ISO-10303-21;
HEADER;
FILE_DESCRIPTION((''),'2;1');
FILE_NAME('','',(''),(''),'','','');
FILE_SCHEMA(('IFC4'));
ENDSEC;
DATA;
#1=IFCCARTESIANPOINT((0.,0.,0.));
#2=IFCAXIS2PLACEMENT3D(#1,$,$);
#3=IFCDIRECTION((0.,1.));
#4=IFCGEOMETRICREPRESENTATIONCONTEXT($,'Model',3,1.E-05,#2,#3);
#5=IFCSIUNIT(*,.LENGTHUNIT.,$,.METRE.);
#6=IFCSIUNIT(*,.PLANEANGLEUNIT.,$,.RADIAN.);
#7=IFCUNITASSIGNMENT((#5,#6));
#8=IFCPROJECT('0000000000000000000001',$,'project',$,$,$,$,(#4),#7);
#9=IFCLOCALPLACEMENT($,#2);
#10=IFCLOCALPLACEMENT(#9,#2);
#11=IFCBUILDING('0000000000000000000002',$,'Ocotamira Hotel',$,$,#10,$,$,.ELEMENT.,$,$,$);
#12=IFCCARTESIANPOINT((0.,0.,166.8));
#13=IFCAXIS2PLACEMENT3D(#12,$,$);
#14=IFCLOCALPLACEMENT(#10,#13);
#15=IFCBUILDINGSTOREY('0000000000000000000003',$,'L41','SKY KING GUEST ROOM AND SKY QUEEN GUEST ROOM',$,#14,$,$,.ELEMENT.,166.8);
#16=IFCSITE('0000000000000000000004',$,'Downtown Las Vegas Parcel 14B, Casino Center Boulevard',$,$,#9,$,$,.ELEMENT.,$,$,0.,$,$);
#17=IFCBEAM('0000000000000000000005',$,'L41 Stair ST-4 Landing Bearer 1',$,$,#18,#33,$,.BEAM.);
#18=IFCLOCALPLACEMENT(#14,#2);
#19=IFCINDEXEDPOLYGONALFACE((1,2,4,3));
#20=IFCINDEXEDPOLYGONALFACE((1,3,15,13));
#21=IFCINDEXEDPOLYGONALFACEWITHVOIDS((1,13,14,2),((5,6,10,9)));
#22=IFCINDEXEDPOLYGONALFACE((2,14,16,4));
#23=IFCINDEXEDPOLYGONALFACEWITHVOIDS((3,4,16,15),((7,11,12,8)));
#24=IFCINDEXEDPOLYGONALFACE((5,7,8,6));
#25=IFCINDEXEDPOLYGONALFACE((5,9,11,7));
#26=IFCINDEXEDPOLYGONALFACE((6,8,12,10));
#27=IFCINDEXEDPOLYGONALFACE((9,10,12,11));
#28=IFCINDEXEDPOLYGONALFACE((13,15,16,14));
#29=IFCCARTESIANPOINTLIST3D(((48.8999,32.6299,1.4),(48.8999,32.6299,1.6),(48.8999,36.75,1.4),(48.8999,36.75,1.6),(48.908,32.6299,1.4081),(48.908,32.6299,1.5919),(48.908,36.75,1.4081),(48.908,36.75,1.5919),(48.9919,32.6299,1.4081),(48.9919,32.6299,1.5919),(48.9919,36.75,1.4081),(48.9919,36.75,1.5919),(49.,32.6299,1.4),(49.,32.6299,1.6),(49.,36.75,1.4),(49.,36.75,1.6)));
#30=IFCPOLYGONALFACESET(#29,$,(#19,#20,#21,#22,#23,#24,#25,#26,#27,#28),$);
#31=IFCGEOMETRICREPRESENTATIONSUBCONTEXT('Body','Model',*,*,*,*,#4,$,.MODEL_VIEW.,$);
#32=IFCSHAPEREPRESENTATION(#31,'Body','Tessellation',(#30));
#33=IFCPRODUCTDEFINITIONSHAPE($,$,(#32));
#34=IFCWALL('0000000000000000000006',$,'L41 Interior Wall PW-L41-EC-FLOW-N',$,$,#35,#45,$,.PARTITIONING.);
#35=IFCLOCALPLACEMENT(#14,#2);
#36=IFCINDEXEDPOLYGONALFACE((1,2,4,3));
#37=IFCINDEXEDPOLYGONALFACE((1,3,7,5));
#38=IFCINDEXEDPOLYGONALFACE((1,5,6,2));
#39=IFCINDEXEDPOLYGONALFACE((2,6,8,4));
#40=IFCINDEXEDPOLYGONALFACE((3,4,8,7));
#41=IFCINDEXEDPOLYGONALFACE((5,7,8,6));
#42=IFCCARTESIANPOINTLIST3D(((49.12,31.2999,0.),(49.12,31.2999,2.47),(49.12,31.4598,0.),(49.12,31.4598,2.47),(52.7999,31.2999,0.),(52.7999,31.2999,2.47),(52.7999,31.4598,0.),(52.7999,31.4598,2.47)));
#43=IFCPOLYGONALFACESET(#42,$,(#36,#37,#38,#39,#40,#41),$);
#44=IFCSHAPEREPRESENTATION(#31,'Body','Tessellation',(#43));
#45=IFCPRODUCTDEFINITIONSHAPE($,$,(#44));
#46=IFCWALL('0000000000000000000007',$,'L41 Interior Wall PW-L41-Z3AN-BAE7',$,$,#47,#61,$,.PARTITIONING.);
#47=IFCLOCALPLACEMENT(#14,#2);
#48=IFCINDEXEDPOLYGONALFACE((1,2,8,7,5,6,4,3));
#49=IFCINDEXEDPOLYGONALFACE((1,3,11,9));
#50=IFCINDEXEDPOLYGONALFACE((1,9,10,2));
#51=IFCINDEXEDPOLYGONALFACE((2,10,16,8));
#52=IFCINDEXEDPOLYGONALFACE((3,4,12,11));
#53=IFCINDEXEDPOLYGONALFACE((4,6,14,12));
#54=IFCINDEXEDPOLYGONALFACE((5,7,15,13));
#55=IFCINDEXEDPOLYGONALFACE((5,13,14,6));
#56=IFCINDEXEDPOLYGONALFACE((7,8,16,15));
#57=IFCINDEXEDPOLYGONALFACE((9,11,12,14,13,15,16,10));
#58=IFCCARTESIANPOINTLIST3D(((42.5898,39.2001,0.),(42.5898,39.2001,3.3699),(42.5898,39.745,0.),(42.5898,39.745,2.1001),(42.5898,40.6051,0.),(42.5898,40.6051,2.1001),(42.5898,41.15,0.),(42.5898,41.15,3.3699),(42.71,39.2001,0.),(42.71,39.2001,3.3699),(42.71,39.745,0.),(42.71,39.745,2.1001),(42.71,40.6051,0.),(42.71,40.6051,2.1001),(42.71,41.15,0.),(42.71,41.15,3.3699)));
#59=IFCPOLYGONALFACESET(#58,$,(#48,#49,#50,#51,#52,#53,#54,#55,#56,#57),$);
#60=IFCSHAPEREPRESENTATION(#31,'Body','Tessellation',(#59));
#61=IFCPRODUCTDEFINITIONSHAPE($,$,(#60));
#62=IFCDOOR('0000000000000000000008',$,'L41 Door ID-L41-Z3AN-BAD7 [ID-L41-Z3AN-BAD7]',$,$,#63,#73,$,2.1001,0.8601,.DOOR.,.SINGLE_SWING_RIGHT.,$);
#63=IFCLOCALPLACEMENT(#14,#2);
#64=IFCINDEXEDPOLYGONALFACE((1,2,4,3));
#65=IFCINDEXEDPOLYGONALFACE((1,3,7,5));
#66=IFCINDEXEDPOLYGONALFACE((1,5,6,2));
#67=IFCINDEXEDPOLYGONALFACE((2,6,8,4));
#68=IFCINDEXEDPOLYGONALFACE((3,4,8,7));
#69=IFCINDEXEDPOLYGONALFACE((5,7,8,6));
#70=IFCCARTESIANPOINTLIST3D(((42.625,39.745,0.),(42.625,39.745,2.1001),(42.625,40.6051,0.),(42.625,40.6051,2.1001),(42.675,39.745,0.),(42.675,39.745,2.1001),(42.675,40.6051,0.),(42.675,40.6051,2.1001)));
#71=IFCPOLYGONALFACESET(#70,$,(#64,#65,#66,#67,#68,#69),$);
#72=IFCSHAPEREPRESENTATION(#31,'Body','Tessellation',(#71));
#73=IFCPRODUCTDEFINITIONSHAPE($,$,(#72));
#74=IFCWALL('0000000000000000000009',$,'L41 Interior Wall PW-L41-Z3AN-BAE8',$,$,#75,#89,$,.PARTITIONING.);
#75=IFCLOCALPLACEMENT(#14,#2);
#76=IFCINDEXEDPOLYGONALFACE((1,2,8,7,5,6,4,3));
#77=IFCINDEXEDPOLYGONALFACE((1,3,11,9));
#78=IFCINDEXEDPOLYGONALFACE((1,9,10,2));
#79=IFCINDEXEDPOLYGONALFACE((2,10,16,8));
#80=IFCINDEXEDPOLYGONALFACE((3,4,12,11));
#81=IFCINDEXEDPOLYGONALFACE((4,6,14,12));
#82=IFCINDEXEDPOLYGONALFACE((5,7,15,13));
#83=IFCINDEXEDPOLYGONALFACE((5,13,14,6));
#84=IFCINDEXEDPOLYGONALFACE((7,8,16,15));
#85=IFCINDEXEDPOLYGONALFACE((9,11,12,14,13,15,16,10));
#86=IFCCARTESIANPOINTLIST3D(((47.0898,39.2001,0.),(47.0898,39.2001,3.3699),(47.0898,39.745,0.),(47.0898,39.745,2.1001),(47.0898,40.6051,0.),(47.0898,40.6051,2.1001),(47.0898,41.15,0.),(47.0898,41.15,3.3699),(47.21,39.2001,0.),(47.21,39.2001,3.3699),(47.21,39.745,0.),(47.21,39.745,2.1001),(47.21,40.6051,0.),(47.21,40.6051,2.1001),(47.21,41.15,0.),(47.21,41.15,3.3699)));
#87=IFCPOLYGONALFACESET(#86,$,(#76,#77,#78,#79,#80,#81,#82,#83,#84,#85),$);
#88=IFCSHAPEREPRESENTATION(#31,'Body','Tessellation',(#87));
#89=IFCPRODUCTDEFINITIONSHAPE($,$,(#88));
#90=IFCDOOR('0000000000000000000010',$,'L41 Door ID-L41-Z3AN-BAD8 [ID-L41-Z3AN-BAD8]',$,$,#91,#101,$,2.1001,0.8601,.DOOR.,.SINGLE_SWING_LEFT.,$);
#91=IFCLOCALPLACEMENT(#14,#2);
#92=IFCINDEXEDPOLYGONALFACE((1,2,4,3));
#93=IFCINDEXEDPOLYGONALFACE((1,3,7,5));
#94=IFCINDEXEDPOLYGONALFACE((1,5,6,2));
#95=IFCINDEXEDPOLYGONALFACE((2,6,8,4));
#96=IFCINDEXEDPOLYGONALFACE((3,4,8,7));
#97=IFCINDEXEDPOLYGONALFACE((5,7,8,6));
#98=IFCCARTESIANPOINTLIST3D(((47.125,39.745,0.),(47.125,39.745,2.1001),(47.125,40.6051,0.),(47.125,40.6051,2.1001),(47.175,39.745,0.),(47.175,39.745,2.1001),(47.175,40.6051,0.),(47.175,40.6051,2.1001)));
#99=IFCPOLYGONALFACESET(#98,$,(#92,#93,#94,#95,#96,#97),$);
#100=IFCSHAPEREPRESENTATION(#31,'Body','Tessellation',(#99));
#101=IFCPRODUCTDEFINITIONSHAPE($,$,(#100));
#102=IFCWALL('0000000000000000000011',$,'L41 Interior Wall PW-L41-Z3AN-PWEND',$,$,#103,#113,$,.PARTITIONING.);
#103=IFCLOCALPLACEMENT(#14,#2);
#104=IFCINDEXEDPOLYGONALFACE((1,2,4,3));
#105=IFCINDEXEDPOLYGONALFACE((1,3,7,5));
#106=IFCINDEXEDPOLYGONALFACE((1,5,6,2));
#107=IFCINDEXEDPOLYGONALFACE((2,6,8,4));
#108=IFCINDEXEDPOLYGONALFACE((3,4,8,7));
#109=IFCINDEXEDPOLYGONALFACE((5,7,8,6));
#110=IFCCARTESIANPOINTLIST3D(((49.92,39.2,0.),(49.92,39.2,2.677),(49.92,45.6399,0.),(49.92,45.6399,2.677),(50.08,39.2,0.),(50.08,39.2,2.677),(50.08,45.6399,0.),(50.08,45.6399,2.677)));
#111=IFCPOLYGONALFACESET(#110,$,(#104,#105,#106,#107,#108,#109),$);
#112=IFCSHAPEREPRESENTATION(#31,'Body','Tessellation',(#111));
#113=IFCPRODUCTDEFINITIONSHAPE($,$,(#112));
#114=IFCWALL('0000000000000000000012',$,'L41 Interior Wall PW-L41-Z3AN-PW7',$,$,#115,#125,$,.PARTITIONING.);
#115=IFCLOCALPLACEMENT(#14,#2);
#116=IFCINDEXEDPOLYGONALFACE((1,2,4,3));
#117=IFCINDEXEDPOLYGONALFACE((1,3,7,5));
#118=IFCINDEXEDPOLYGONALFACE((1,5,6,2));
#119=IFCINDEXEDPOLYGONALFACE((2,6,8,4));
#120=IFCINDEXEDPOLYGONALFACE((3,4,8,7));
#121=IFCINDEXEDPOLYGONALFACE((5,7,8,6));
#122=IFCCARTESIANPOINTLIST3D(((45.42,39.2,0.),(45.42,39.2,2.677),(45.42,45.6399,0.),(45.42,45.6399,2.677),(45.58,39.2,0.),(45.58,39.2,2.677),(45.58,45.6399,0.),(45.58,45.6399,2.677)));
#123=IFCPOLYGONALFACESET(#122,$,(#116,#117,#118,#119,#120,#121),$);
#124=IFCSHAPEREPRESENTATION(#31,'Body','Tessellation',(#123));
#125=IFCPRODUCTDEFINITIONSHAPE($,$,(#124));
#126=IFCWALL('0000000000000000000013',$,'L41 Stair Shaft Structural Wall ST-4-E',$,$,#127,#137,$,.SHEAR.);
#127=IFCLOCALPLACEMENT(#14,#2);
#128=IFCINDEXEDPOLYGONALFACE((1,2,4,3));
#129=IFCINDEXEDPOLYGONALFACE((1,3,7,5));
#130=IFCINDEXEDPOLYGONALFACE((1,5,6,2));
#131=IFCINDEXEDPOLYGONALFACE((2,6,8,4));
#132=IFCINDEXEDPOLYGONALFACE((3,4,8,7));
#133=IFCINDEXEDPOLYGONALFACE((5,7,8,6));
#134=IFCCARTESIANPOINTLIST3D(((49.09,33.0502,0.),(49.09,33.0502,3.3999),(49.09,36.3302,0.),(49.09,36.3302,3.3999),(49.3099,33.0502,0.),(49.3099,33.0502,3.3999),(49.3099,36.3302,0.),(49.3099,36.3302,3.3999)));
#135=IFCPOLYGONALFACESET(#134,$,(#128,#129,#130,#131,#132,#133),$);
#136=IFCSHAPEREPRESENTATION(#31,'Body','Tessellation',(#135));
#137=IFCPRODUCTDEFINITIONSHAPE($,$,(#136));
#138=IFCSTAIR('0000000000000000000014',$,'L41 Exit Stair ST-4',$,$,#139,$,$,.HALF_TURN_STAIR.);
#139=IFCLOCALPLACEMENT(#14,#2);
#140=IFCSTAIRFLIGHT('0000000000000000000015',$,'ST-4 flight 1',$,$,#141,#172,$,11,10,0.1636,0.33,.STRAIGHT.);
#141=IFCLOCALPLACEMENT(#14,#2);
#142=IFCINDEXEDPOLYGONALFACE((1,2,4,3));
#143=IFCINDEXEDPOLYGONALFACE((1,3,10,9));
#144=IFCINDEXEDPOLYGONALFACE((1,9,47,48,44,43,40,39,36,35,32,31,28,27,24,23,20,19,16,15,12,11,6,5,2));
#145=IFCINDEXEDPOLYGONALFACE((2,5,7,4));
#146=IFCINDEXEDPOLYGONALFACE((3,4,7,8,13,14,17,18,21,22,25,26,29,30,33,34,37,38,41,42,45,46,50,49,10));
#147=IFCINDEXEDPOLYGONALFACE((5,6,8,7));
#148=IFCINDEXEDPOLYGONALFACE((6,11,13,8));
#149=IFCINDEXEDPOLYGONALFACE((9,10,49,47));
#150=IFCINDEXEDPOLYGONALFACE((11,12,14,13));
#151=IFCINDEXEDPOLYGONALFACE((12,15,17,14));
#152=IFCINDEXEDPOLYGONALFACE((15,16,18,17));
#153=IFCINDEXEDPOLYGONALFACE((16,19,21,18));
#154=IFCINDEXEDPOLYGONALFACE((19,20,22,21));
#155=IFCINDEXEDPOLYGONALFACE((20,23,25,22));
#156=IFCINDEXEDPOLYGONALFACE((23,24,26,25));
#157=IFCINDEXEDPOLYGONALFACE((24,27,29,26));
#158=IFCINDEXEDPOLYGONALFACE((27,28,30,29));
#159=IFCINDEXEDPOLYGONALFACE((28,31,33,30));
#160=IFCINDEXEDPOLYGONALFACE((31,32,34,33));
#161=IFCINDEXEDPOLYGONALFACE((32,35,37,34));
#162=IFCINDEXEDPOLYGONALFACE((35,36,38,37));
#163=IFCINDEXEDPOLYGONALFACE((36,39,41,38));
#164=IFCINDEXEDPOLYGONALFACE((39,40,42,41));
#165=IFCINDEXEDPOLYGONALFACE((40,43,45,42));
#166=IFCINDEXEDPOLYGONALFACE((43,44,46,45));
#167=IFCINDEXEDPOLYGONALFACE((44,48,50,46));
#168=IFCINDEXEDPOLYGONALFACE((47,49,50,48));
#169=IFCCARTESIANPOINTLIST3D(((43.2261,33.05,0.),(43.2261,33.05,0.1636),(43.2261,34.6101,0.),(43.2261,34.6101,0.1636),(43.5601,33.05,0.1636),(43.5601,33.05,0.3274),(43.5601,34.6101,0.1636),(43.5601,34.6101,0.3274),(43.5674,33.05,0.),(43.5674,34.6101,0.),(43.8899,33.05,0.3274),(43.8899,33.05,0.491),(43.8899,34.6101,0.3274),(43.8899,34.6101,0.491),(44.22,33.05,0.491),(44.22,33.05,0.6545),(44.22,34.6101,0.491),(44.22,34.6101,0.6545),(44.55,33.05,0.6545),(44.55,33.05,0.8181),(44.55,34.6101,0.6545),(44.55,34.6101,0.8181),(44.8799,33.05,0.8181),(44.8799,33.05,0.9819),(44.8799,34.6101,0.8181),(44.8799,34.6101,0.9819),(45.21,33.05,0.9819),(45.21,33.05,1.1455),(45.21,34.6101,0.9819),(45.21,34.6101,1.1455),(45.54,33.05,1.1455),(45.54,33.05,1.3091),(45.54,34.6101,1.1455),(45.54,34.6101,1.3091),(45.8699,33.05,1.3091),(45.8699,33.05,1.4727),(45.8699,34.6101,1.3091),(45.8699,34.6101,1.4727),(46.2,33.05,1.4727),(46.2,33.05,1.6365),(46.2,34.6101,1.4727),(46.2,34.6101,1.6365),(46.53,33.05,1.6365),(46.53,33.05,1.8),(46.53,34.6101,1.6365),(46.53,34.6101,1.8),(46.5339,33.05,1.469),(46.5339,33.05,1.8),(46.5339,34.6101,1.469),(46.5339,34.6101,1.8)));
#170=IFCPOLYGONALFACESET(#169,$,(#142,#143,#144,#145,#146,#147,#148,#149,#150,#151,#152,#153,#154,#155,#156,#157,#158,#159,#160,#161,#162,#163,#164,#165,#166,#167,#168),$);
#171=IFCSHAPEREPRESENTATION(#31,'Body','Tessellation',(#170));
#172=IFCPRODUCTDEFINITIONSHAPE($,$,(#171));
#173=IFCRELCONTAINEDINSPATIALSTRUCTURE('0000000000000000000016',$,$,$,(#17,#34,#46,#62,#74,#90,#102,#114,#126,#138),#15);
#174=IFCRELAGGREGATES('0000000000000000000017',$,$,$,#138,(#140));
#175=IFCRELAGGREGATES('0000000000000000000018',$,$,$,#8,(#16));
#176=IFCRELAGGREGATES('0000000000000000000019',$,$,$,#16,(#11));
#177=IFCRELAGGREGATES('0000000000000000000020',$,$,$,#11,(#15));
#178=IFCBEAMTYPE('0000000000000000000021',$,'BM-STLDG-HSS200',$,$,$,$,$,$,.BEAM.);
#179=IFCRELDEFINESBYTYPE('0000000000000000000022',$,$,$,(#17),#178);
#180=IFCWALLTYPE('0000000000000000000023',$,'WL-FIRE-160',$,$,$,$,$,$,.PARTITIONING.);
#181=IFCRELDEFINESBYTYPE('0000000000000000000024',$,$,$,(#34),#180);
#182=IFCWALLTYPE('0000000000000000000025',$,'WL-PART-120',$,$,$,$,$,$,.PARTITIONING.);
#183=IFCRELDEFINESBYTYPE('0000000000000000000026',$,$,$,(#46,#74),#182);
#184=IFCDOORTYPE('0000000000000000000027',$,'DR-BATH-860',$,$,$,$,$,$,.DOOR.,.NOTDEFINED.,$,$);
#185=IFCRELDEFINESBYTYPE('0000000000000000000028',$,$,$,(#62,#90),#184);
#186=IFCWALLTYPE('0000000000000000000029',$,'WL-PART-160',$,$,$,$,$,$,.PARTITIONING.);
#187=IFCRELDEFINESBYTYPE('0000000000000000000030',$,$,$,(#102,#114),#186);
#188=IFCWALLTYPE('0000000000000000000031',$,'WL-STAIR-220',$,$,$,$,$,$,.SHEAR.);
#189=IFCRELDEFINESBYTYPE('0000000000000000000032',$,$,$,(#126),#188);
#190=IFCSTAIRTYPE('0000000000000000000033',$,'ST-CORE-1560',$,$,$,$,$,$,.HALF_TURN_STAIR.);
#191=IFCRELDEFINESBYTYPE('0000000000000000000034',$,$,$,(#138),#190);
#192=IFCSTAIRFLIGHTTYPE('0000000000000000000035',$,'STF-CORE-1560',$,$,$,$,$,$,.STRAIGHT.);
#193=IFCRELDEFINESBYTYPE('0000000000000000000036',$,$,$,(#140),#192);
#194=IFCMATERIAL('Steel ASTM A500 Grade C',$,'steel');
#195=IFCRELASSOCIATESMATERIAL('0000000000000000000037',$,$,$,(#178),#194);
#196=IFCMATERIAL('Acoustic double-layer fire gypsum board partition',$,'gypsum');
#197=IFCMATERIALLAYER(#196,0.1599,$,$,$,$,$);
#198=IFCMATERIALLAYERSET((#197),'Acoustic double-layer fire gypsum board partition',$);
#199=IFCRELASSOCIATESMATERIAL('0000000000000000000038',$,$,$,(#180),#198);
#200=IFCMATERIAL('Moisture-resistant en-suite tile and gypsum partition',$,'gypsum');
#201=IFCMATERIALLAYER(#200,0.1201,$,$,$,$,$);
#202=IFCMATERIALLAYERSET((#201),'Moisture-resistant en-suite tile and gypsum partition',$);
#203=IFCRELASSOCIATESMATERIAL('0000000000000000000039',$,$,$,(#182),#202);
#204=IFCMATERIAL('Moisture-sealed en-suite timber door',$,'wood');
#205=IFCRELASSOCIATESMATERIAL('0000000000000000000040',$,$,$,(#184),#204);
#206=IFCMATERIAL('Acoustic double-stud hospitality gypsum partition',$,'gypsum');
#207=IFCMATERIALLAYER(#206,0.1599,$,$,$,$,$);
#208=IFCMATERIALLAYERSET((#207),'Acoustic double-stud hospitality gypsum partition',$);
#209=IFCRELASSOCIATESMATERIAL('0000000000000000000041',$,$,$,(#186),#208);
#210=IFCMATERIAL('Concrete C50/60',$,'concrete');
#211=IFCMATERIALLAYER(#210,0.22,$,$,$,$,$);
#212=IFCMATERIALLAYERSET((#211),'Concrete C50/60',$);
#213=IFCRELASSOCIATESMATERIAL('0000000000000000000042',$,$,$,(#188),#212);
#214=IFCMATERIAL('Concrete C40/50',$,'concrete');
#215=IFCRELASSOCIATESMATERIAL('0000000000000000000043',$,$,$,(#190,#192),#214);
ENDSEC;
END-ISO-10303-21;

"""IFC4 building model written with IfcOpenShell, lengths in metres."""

from ifc_helpers import new_model, si_unit, direction, frame, frame_2d, origin, origin_2d, place, context, subcontext, project, spatial, polyline, rectangle, hollow_rectangle, outline, extrude, source, transform, mapped, material, layer, layer_set, material_profile, profile_set, type_object, element, fill, aggregate, save


model = new_model("IFC4")

# Units and contexts
model_context = context("Model", 3, precision=1e-05, world=origin(), true_north=direction((0.0, 1.0)))
body_context = subcontext(model_context, "Body", "Model", "MODEL_VIEW")
ifc_project = project(units=[si_unit("LENGTHUNIT", "METRE"), si_unit("PLANEANGLEUNIT", "RADIAN")], contexts=[model_context])

# Site, building, storey
site_placement = place(None, origin())
site = spatial("IfcSite", under=ifc_project, at=site_placement, Name="Downtown Las Vegas Parcel 14B, Casino Center Boulevard", CompositionType="ELEMENT", RefElevation=0.0)
building_placement = place(site_placement, origin())
building = spatial("IfcBuilding", under=site, at=building_placement, Name="Ocotamira Hotel", CompositionType="ELEMENT")
storey_placement = place(building_placement, frame((0.0, 0.0, 166.8)))
storey = spatial("IfcBuildingStorey", under=building, at=storey_placement, Name="L41", Description="SKY KING GUEST ROOM AND SKY QUEEN GUEST ROOM", CompositionType="ELEMENT", Elevation=166.8)

# Beam
ifc_material_1 = material(Name="Steel ASTM A500 Grade C", Category="steel")
ifc_material_profile = material_profile(ifc_material_1, hollow_rectangle(XDim=0.1001, YDim=0.2, WallThickness=0.0081, at=origin_2d()), Name="HSS200X100X8")
ifc_profile_set = profile_set([ifc_material_profile], Name="Steel ASTM A500 Grade C")
beam_type = type_object("IfcBeamType", Name="BM-STLDG-HSS200", PredefinedType="BEAM", material=ifc_profile_set)
shared_shape_1 = source(origin(), body_context, "Body", "SweptSolid", [
    extrude(hollow_rectangle(XDim=0.1001, YDim=0.2, WallThickness=0.0081, at=origin_2d()), origin(), (0.0, 0.0, 1.0), 4.1201),
])
beam_placement = place(storey_placement, frame((48.95, 32.6299, 1.5), z_axis=(0.0, 1.0, 0.0), x_axis=(-1.0, 0.0, 0.0)))
element("IfcBeam", 1, at=beam_placement, inside=storey, type_object=beam_type, Name="L41 Stair ST-4 Landing Bearer 1", PredefinedType="BEAM", context=body_context, shape_type="MappedRepresentation", body=[
    mapped(shared_shape_1, transform((0.0, 0.0, 0.0), scale=1.0)),
])

# Wall
ifc_material_2 = material(Name="Acoustic double-layer fire gypsum board partition", Category="gypsum")
ifc_layer_1 = layer(ifc_material_2, 0.1599)
ifc_layer_set_1 = layer_set([ifc_layer_1], Name="Acoustic double-layer fire gypsum board partition")
wall_type_1 = type_object("IfcWallType", Name="WL-FIRE-160", PredefinedType="PARTITIONING", material=ifc_layer_set_1)
wall_1_placement = place(storey_placement, frame((49.1201, 31.3799, 0.0), z_axis=(0.0, 0.0, 1.0), x_axis=(1.0, 0.0, 0.0)))
element("IfcWall", 2, at=wall_1_placement, inside=storey, type_object=wall_type_1, Name="L41 Interior Wall PW-L41-EC-FLOW-N", PredefinedType="PARTITIONING", context=body_context, shape_type="SweptSolid", body=[
    extrude(rectangle(XDim=3.6799, YDim=0.1599, at=frame_2d((1.8398, 0.0))), origin(), (0.0, 0.0, 1.0), 2.47),
])

# Walls, openings, doors
ifc_material_3 = material(Name="Moisture-resistant en-suite tile and gypsum partition", Category="gypsum")
ifc_layer_2 = layer(ifc_material_3, 0.1201)
ifc_layer_set_2 = layer_set([ifc_layer_2], Name="Moisture-resistant en-suite tile and gypsum partition")
wall_type_2 = type_object("IfcWallType", Name="WL-PART-120", PredefinedType="PARTITIONING", material=ifc_layer_set_2)
wall_2_placement = place(storey_placement, frame((42.6499, 39.2, 0.0), z_axis=(0.0, 0.0, 1.0), x_axis=(0.0, 1.0, 0.0)))
wall_2 = element("IfcWall", 3, at=wall_2_placement, inside=storey, type_object=wall_type_2, Name="L41 Interior Wall PW-L41-Z3AN-BAE7", PredefinedType="PARTITIONING", context=body_context, shape_type="SweptSolid", body=[
    extrude(rectangle(XDim=1.95, YDim=0.1201, at=frame_2d((0.9751, 0.0))), origin(), (0.0, 0.0, 1.0), 3.3699),
])
opening_1_placement = place(wall_2_placement, frame((0.5449, 0.0, 0.0)))
opening_1 = element("IfcOpeningElement", 4, at=opening_1_placement, cuts=wall_2, PredefinedType="OPENING", context=body_context, shape_type="SweptSolid", body=[
    extrude(rectangle(XDim=0.8601, YDim=2.1001, at=frame_2d((0.4302, 1.05))), frame((0.0, 0.0701, 0.0), z_axis=(0.0, -1.0, 0.0), x_axis=(1.0, 0.0, 0.0)), (0.0, 0.0, 1.0), 0.1401),
])
ifc_material_4 = material(Name="Moisture-sealed en-suite timber door", Category="wood")
door_type_1 = type_object("IfcDoorType", Name="DR-BATH-860", OperationType="NOTDEFINED", PredefinedType="DOOR", material=ifc_material_4)
shared_shape_2 = source(origin(), body_context, "Body", "SweptSolid", [
    extrude(rectangle(XDim=0.8601, YDim=2.1001, at=frame_2d((0.4302, 1.05))), frame((0.0, 0.0249, 0.0), z_axis=(0.0, -1.0, 0.0), x_axis=(1.0, 0.0, 0.0)), (0.0, 0.0, 1.0), 0.05),
])
door_1_placement = place(opening_1_placement, origin())
door_1 = element("IfcDoor", 5, at=door_1_placement, inside=storey, type_object=door_type_1, Name="L41 Door ID-L41-Z3AN-BAD7 [ID-L41-Z3AN-BAD7]", OperationType="SINGLE_SWING_RIGHT", OverallHeight=2.1001, OverallWidth=0.8601, PredefinedType="DOOR", context=body_context, shape_type="MappedRepresentation", body=[
    mapped(shared_shape_2, transform((0.0, 0.0, 0.0), scale=1.0)),
])
fill(opening_1, door_1)
wall_3_placement = place(storey_placement, frame((47.1499, 39.2, 0.0), z_axis=(0.0, 0.0, 1.0), x_axis=(0.0, 1.0, 0.0)))
wall_3 = element("IfcWall", 6, at=wall_3_placement, inside=storey, type_object=wall_type_2, Name="L41 Interior Wall PW-L41-Z3AN-BAE8", PredefinedType="PARTITIONING", context=body_context, shape_type="SweptSolid", body=[
    extrude(rectangle(XDim=1.95, YDim=0.1201, at=frame_2d((0.9751, 0.0))), origin(), (0.0, 0.0, 1.0), 3.3699),
])
opening_2_placement = place(wall_3_placement, frame((0.5449, 0.0, 0.0)))
opening_2 = element("IfcOpeningElement", 7, at=opening_2_placement, cuts=wall_3, PredefinedType="OPENING", context=body_context, shape_type="SweptSolid", body=[
    extrude(rectangle(XDim=0.8601, YDim=2.1001, at=frame_2d((0.4302, 1.05))), frame((0.0, 0.0701, 0.0), z_axis=(0.0, -1.0, 0.0), x_axis=(1.0, 0.0, 0.0)), (0.0, 0.0, 1.0), 0.1401),
])
door_2_placement = place(opening_2_placement, origin())
door_2 = element("IfcDoor", 8, at=door_2_placement, inside=storey, type_object=door_type_1, Name="L41 Door ID-L41-Z3AN-BAD8 [ID-L41-Z3AN-BAD8]", OperationType="SINGLE_SWING_LEFT", OverallHeight=2.1001, OverallWidth=0.8601, PredefinedType="DOOR", context=body_context, shape_type="MappedRepresentation", body=[
    mapped(shared_shape_2, transform((0.0, 0.0, 0.0), scale=1.0)),
])
fill(opening_2, door_2)

# Walls
ifc_material_5 = material(Name="Acoustic double-stud hospitality gypsum partition", Category="gypsum")
ifc_layer_3 = layer(ifc_material_5, 0.1599)
ifc_layer_set_3 = layer_set([ifc_layer_3], Name="Acoustic double-stud hospitality gypsum partition")
wall_type_3 = type_object("IfcWallType", Name="WL-PART-160", PredefinedType="PARTITIONING", material=ifc_layer_set_3)
for number, where, z_axis, x_axis, name in (
    (9, (50.0, 39.2, 0.0), (0.0, 0.0, 1.0), (0.0, 1.0, 0.0), "L41 Interior Wall PW-L41-Z3AN-PWEND"),
    (10, (45.5, 39.2, 0.0), (0.0, 0.0, 1.0), (0.0, 1.0, 0.0), "L41 Interior Wall PW-L41-Z3AN-PW7"),
):
    element("IfcWall", number, at=place(storey_placement, frame(where, z_axis=z_axis, x_axis=x_axis)), inside=storey, type_object=wall_type_3, Name=name, PredefinedType="PARTITIONING", context=body_context, shape_type="SweptSolid", body=[
        extrude(rectangle(XDim=6.4399, YDim=0.1599, at=frame_2d((3.22, 0.0))), origin(), (0.0, 0.0, 1.0), 2.677),
    ])
ifc_material_6 = material(Name="Concrete C50/60", Category="concrete")
ifc_layer_4 = layer(ifc_material_6, 0.22)
ifc_layer_set_4 = layer_set([ifc_layer_4], Name="Concrete C50/60")
wall_type_4 = type_object("IfcWallType", Name="WL-STAIR-220", PredefinedType="SHEAR", material=ifc_layer_set_4)
wall_4_placement = place(storey_placement, frame((49.2, 33.05, 0.0), z_axis=(0.0, 0.0, 1.0), x_axis=(0.0, 1.0, 0.0)))
element("IfcWall", 11, at=wall_4_placement, inside=storey, type_object=wall_type_4, Name="L41 Stair Shaft Structural Wall ST-4-E", PredefinedType="SHEAR", context=body_context, shape_type="SweptSolid", body=[
    extrude(rectangle(XDim=3.28, YDim=0.22, at=frame_2d((1.6401, 0.0))), origin(), (0.0, 0.0, 1.0), 3.3999),
])

# Stair, stair flight
ifc_material_7 = material(Name="Concrete C40/50", Category="concrete")
stair_type = type_object("IfcStairType", Name="ST-CORE-1560", PredefinedType="HALF_TURN_STAIR", material=ifc_material_7)
stair_placement = place(storey_placement, origin())
stair = element("IfcStair", 12, at=stair_placement, inside=storey, type_object=stair_type, Name="L41 Exit Stair ST-4", PredefinedType="HALF_TURN_STAIR")
stair_flight_type = type_object("IfcStairFlightType", Name="STF-CORE-1560", PredefinedType="STRAIGHT", material=ifc_material_7)
shared_shape_3 = source(origin(), body_context, "Body", "SweptSolid", [
    extrude(outline(polyline([(-0.0039, 0.0), (-0.0039, 0.1636), (0.3301, 0.1636), (0.3301, 0.3274), (0.6599, 0.3274), (0.6599, 0.491), (0.99, 0.491), (0.99, 0.6545), (1.3201, 0.6545), (1.3201, 0.8181), (1.6499, 0.8181), (1.6499, 0.9819), (1.98, 0.9819), (1.98, 1.1455), (2.3101, 1.1455), (2.3101, 1.3091), (2.6399, 1.3091), (2.6399, 1.4727), (2.97, 1.4727), (2.97, 1.6365), (3.3, 1.6365), (3.3, 1.8), (3.304, 1.8), (3.304, 1.469), (0.3374, 0.0), (-0.0039, 0.0)])), frame((0.0, 0.78, 0.0), z_axis=(0.0, -1.0, 0.0), x_axis=(1.0, 0.0, 0.0)), (0.0, 0.0, 1.0), 1.5601),
])
stair_flight_1_placement = place(storey_placement, frame((43.23, 33.8301, 0.0), z_axis=(0.0, 0.0, 1.0), x_axis=(1.0, 0.0, 0.0)))
stair_flight_1 = element("IfcStairFlight", 13, at=stair_flight_1_placement, type_object=stair_flight_type, Name="ST-4 flight 1", NumberOfRisers=11, NumberOfTreads=10, PredefinedType="STRAIGHT", RiserHeight=0.1636, TreadLength=0.33, context=body_context, shape_type="MappedRepresentation", body=[
    mapped(shared_shape_3, transform((0.0, 0.0, 0.0), scale=1.0)),
])
aggregate(stair, [stair_flight_1])

save(model, "model.ifc")
